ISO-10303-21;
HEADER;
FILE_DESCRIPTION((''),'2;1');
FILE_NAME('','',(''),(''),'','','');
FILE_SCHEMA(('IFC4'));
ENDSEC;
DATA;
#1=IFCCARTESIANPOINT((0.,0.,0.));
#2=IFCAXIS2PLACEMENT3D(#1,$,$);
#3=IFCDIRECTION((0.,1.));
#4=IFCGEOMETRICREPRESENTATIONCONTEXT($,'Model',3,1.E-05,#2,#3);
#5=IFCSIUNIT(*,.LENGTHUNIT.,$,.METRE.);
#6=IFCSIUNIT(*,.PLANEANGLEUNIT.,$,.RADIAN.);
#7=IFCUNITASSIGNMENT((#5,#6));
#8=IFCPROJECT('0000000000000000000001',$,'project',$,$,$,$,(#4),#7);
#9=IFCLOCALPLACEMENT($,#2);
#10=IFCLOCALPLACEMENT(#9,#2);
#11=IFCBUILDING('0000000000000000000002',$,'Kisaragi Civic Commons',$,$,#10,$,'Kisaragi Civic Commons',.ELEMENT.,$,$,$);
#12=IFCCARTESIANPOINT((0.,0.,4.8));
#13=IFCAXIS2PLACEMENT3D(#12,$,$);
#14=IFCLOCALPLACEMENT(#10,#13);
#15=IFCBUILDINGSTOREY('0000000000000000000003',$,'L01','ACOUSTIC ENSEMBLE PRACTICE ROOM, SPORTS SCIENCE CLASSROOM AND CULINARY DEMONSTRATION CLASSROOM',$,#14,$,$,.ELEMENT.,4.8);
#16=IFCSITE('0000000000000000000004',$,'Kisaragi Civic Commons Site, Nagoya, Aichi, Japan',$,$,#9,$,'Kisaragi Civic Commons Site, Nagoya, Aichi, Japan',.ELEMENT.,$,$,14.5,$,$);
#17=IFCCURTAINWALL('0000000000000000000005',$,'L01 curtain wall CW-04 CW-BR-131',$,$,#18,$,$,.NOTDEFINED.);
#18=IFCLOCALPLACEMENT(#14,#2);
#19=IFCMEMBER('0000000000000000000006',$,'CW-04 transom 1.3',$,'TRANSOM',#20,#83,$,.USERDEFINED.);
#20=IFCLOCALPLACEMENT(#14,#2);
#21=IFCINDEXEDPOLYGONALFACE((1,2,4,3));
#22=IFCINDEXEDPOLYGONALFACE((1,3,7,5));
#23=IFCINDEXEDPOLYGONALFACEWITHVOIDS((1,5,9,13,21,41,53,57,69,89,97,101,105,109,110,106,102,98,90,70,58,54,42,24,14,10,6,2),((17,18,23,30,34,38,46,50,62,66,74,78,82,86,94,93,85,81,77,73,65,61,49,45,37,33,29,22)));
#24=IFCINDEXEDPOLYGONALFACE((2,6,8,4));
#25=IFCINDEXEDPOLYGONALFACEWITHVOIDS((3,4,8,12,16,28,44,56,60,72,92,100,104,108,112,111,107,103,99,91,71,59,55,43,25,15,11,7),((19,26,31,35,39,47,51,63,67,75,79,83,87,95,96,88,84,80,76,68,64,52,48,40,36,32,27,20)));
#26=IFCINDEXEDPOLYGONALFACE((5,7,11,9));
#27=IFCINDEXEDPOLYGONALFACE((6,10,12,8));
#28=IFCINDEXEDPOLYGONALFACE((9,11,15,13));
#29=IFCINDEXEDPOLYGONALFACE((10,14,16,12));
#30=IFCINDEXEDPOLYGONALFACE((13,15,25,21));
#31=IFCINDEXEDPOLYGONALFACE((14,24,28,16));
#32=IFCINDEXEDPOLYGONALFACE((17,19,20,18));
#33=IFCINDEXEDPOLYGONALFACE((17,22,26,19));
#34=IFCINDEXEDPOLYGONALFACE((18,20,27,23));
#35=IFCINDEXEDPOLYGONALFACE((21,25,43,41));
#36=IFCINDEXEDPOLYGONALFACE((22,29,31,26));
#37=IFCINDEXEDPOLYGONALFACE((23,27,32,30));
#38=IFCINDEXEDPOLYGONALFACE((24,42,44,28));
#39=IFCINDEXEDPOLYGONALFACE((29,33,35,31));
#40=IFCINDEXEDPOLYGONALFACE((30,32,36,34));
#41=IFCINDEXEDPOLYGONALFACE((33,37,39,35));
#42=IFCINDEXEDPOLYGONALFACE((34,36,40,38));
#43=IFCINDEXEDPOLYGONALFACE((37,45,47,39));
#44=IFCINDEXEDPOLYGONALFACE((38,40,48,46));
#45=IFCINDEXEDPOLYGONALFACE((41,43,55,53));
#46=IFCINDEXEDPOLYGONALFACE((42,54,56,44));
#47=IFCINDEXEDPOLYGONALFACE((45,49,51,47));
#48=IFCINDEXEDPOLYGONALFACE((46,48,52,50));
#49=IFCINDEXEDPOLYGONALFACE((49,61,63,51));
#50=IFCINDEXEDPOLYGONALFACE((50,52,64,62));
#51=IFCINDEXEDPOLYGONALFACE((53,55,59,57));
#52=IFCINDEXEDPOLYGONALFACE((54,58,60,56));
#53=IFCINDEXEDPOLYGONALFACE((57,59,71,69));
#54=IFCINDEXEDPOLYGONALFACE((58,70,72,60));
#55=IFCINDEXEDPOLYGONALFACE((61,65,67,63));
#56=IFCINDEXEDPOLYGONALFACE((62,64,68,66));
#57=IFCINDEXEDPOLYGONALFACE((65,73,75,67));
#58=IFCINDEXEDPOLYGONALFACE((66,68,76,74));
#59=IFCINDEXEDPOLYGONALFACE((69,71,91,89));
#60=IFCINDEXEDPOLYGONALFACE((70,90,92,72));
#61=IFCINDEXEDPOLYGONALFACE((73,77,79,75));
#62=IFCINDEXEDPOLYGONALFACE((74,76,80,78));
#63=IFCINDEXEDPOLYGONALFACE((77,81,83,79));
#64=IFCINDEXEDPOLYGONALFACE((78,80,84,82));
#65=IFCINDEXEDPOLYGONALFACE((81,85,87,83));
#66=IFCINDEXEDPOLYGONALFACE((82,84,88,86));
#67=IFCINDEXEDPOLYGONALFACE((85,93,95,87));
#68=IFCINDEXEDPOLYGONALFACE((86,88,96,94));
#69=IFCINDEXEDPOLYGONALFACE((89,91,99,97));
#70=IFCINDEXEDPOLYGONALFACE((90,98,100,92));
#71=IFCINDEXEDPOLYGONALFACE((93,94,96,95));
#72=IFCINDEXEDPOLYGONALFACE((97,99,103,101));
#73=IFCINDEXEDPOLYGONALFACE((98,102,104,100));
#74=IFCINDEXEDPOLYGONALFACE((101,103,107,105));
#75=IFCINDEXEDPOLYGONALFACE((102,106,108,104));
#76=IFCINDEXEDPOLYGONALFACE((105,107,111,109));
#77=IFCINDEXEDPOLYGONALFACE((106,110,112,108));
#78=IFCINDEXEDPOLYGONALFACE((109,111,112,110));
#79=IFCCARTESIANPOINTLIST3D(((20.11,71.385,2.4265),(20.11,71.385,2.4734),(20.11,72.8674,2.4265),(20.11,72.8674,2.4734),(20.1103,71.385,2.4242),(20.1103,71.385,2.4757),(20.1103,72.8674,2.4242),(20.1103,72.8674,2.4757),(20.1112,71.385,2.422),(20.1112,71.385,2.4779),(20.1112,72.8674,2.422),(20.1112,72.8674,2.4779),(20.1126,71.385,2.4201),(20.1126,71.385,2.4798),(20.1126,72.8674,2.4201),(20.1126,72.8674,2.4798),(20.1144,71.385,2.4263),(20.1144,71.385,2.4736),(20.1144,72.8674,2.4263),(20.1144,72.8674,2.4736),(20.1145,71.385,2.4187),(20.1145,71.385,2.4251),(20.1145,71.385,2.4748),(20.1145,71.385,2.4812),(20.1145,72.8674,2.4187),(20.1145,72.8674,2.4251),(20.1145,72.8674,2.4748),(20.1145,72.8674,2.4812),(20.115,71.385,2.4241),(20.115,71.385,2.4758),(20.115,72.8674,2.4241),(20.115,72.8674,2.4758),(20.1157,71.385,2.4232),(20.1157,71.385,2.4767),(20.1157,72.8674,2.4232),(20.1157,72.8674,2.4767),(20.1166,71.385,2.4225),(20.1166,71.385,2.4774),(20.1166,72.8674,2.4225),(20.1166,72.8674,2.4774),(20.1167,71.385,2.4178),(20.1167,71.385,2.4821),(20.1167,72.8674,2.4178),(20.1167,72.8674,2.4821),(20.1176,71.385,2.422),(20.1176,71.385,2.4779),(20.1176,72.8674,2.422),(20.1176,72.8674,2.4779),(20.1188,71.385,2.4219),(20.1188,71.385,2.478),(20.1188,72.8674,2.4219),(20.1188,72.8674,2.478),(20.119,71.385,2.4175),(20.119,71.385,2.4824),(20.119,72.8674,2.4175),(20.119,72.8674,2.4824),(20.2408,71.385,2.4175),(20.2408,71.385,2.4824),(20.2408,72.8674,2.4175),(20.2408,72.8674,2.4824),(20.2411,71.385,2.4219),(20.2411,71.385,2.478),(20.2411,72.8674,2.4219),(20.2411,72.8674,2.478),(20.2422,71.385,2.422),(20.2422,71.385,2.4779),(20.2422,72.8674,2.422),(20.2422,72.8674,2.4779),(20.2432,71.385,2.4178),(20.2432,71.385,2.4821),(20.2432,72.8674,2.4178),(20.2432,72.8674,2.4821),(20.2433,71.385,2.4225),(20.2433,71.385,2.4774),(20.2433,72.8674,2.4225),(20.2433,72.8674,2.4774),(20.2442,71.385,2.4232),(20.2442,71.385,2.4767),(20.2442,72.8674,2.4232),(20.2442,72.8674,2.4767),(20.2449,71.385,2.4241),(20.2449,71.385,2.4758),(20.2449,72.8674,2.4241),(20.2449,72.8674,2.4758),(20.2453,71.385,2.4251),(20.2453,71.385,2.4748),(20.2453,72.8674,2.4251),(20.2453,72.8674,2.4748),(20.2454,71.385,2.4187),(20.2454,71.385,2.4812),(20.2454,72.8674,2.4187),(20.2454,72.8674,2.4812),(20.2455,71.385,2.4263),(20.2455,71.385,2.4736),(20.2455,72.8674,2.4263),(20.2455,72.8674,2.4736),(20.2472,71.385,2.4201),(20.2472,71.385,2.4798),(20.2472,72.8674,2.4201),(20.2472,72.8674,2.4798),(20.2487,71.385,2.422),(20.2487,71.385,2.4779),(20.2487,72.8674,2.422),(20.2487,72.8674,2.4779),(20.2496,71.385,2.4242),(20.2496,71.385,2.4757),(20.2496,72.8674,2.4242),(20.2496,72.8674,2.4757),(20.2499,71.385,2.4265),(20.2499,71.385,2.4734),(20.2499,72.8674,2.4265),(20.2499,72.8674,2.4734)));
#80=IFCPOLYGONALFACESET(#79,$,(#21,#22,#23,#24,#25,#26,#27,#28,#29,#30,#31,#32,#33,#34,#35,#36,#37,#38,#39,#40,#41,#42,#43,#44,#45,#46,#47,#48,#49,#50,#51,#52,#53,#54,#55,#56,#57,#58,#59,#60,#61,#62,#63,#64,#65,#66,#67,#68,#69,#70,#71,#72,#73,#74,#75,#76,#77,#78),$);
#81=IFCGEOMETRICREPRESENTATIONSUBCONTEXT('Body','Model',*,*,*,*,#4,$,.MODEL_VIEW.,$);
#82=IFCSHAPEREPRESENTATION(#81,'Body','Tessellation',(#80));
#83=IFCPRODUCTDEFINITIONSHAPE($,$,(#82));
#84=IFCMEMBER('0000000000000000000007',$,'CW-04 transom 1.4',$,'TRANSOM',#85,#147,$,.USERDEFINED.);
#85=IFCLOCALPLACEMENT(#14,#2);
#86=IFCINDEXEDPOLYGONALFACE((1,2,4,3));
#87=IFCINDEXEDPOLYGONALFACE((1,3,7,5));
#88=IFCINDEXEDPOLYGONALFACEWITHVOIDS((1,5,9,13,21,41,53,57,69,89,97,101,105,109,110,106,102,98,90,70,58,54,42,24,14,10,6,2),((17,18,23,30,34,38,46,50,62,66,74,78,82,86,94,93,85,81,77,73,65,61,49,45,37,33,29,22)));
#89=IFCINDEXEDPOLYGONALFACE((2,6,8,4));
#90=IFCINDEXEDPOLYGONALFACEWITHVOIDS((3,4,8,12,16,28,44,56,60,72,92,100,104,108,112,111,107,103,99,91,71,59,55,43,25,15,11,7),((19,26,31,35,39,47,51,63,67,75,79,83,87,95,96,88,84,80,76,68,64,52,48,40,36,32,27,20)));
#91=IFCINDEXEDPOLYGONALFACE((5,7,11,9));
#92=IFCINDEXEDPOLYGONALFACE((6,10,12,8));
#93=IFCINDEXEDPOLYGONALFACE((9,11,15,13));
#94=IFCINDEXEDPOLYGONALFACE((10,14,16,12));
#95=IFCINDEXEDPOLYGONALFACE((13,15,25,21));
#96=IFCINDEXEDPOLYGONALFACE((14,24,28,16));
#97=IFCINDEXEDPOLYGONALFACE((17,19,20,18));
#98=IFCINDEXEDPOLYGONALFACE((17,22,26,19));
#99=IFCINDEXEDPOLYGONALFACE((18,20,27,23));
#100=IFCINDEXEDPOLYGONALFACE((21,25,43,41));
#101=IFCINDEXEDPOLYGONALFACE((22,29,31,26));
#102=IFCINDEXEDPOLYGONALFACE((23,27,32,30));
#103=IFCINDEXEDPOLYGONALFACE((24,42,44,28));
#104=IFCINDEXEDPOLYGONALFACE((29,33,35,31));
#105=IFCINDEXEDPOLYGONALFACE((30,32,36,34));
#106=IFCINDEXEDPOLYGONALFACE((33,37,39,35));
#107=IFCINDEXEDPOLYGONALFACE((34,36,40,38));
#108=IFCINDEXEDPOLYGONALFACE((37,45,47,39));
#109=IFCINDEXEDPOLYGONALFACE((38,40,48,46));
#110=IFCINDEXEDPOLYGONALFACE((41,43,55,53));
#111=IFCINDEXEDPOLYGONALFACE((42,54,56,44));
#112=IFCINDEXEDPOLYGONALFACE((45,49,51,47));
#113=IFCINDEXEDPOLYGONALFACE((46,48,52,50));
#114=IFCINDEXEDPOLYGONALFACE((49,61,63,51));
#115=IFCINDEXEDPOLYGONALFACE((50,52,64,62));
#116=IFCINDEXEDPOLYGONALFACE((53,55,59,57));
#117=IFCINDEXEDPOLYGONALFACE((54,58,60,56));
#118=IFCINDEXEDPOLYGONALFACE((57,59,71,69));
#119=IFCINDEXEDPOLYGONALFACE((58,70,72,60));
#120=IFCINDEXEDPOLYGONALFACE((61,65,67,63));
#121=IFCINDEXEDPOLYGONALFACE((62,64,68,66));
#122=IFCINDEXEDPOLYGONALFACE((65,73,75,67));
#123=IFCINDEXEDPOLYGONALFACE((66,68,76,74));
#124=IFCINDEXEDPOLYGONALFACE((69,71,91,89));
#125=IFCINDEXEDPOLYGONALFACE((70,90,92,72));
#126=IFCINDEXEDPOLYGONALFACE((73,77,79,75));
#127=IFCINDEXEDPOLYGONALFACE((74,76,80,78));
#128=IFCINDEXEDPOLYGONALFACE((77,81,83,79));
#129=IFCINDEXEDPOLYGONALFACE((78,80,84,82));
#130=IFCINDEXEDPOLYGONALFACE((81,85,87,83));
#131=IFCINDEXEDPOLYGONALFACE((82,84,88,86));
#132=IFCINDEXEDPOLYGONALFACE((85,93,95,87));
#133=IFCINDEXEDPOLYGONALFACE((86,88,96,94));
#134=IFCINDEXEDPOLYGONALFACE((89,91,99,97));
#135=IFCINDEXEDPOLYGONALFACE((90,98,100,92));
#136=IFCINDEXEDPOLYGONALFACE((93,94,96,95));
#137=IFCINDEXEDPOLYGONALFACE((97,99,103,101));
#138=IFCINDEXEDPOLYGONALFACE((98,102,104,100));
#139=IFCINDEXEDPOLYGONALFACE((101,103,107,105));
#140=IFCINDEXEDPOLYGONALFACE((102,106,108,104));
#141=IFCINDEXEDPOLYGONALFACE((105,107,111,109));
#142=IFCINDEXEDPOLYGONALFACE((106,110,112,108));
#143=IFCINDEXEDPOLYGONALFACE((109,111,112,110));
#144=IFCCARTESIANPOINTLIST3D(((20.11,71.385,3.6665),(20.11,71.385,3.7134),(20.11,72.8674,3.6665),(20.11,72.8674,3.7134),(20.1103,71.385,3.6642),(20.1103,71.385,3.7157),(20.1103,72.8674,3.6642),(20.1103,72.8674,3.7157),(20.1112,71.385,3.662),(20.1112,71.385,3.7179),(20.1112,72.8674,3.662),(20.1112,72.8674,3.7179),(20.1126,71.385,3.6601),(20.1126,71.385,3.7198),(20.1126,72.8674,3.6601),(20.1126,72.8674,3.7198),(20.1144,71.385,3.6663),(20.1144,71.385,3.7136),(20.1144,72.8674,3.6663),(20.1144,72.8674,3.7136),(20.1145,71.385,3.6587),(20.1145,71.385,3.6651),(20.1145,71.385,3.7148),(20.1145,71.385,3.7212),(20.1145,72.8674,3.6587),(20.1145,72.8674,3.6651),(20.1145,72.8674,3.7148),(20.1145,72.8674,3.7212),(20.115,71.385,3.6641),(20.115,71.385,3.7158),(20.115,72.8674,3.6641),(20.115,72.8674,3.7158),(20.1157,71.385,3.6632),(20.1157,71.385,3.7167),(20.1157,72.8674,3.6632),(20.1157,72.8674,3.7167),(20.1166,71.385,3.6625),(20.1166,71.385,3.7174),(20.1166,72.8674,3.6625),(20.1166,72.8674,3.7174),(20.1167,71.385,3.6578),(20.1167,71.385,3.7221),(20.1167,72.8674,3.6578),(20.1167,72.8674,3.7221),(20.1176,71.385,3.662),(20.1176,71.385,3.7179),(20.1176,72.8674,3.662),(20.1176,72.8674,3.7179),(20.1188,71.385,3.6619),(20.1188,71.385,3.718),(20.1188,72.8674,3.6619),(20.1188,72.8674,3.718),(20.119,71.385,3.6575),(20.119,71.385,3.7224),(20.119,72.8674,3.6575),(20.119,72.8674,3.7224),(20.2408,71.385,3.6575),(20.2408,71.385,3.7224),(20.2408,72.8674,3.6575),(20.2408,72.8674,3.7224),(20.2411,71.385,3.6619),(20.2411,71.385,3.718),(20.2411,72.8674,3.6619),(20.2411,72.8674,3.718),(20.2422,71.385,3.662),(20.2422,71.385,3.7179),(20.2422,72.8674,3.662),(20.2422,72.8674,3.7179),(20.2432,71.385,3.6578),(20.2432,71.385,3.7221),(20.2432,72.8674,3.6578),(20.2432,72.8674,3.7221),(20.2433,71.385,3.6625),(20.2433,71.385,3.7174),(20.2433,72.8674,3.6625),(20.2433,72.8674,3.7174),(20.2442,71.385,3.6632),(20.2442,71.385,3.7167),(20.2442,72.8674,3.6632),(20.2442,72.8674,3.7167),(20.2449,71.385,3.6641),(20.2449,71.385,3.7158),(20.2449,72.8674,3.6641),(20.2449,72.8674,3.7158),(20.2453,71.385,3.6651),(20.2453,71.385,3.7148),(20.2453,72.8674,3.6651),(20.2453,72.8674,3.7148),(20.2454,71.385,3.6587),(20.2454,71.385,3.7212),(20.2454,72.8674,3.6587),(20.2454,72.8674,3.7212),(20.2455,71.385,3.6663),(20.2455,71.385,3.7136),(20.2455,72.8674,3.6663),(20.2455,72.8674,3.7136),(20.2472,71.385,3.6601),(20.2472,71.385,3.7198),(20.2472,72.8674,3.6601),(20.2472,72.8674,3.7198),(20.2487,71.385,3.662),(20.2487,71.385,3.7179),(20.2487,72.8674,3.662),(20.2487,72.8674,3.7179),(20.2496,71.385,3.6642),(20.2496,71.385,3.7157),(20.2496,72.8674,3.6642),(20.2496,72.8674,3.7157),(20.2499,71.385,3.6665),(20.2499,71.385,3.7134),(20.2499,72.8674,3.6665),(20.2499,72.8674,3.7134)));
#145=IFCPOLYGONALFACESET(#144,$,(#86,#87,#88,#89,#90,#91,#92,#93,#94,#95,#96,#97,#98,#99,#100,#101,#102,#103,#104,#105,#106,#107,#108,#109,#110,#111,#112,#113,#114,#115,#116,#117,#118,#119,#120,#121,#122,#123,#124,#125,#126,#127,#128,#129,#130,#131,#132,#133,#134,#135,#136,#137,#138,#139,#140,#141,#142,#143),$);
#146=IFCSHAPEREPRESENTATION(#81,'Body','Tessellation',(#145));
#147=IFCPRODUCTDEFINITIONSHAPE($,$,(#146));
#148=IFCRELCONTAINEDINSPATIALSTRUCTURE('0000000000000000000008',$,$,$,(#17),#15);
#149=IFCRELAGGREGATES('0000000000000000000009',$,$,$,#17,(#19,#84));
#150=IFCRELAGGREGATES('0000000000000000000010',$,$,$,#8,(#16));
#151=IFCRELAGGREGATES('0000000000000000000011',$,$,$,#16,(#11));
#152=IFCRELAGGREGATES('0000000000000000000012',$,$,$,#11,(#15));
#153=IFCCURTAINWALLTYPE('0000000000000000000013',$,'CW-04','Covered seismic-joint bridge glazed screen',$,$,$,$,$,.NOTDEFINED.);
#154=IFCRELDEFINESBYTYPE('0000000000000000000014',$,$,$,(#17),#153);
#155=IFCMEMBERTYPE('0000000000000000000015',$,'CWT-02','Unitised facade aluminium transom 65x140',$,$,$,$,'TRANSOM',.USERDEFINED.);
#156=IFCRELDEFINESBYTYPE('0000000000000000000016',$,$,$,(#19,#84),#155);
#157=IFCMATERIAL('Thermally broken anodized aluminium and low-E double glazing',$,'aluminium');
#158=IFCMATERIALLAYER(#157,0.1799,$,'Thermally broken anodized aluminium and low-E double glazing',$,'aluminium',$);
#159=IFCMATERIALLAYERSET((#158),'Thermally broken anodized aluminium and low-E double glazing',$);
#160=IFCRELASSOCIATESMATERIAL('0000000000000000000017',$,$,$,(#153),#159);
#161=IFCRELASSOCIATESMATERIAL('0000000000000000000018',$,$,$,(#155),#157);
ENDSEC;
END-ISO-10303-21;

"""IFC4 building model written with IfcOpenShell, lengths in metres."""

from ifc_helpers import new_model, si_unit, direction, frame, origin, origin_2d, place, context, subcontext, project, spatial, hollow_rectangle, extrude, material, layer, layer_set, material_profile, profile_set, type_object, element, aggregate, save


model = new_model("IFC4")

# Units and contexts
model_context = context("Model", 3, precision=1e-05, world=origin(), true_north=direction((0.0, 1.0)))
body_context = subcontext(model_context, "Body", "Model", "MODEL_VIEW")
ifc_project = project(units=[si_unit("LENGTHUNIT", "METRE"), si_unit("PLANEANGLEUNIT", "RADIAN")], contexts=[model_context])

# Site, building, storey
site_placement = place(None, origin())
site = spatial("IfcSite", under=ifc_project, at=site_placement, Name="Kisaragi Civic Commons Site, Nagoya, Aichi, Japan", LongName="Kisaragi Civic Commons Site, Nagoya, Aichi, Japan", CompositionType="ELEMENT", RefElevation=14.5)
building_placement = place(site_placement, origin())
building = spatial("IfcBuilding", under=site, at=building_placement, Name="Kisaragi Civic Commons", LongName="Kisaragi Civic Commons", CompositionType="ELEMENT")
storey_placement = place(building_placement, frame((0.0, 0.0, 4.8)))
storey = spatial("IfcBuildingStorey", under=building, at=storey_placement, Name="L01", Description="ACOUSTIC ENSEMBLE PRACTICE ROOM, SPORTS SCIENCE CLASSROOM AND CULINARY DEMONSTRATION CLASSROOM", CompositionType="ELEMENT", Elevation=4.8)

# Shared definitions
ifc_material_1 = material(Name="Thermally broken anodized aluminium and low-E double glazing", Category="aluminium")
ifc_layer_1 = layer(ifc_material_1, 0.1799, Name="Thermally broken anodized aluminium and low-E double glazing", Category="aluminium")
ifc_layer_set_1 = layer_set([ifc_layer_1], Name="Thermally broken anodized aluminium and low-E double glazing")
curtain_wall_type = type_object("IfcCurtainWallType", Name="CW-04", Description="Covered seismic-joint bridge glazed screen", PredefinedType="NOTDEFINED", material=ifc_layer_set_1)

# Curtain wall
curtain_wall_1_placement = place(storey_placement, origin())
curtain_wall_1 = element("IfcCurtainWall", 1, at=curtain_wall_1_placement, inside=storey, type_object=curtain_wall_type, Name="L01 curtain wall CW-04 CW-BR-131", PredefinedType="NOTDEFINED")
ifc_material_profile_1 = material_profile(ifc_material_1, hollow_rectangle(XDim=0.1399, YDim=0.0649, WallThickness=0.0044, InnerFilletRadius=0.0044, OuterFilletRadius=0.009, at=origin_2d()), Name="CWT-65x140x4.5", Category="aluminium")
ifc_profile_set_1 = profile_set([ifc_material_profile_1], Name="Thermally broken anodized aluminium and low-E double glazing")
member_type_1 = type_object("IfcMemberType", Name="CWT-02", Description="Unitised facade aluminium transom 65x140", ElementType="TRANSOM", PredefinedType="USERDEFINED", material=ifc_profile_set_1)

# Members
member_1_placement = place(storey_placement, frame((20.1799, 71.385, 2.45), z_axis=(0.0, 1.0, 0.0), x_axis=(-1.0, 0.0, 0.0)))
member_1 = element("IfcMember", 2, at=member_1_placement, type_object=member_type_1, Name="CW-04 transom 1.3", ObjectType="TRANSOM", PredefinedType="USERDEFINED", context=body_context, shape_type="SweptSolid", body=[
    extrude(hollow_rectangle(XDim=0.1399, YDim=0.0649, WallThickness=0.0044, InnerFilletRadius=0.0044, OuterFilletRadius=0.009, at=origin_2d()), origin(), (0.0, 0.0, 1.0), 1.4824),
])
member_2_placement = place(storey_placement, frame((20.1799, 71.385, 3.6899), z_axis=(0.0, 1.0, 0.0), x_axis=(-1.0, 0.0, 0.0)))
member_2 = element("IfcMember", 3, at=member_2_placement, type_object=member_type_1, Name="CW-04 transom 1.4", ObjectType="TRANSOM", PredefinedType="USERDEFINED", context=body_context, shape_type="SweptSolid", body=[
    extrude(hollow_rectangle(XDim=0.1399, YDim=0.0649, WallThickness=0.0044, InnerFilletRadius=0.0044, OuterFilletRadius=0.009, at=origin_2d()), origin(), (0.0, 0.0, 1.0), 1.4824),
])

aggregate(curtain_wall_1, [member_1, member_2])

save(model, "model.ifc")
